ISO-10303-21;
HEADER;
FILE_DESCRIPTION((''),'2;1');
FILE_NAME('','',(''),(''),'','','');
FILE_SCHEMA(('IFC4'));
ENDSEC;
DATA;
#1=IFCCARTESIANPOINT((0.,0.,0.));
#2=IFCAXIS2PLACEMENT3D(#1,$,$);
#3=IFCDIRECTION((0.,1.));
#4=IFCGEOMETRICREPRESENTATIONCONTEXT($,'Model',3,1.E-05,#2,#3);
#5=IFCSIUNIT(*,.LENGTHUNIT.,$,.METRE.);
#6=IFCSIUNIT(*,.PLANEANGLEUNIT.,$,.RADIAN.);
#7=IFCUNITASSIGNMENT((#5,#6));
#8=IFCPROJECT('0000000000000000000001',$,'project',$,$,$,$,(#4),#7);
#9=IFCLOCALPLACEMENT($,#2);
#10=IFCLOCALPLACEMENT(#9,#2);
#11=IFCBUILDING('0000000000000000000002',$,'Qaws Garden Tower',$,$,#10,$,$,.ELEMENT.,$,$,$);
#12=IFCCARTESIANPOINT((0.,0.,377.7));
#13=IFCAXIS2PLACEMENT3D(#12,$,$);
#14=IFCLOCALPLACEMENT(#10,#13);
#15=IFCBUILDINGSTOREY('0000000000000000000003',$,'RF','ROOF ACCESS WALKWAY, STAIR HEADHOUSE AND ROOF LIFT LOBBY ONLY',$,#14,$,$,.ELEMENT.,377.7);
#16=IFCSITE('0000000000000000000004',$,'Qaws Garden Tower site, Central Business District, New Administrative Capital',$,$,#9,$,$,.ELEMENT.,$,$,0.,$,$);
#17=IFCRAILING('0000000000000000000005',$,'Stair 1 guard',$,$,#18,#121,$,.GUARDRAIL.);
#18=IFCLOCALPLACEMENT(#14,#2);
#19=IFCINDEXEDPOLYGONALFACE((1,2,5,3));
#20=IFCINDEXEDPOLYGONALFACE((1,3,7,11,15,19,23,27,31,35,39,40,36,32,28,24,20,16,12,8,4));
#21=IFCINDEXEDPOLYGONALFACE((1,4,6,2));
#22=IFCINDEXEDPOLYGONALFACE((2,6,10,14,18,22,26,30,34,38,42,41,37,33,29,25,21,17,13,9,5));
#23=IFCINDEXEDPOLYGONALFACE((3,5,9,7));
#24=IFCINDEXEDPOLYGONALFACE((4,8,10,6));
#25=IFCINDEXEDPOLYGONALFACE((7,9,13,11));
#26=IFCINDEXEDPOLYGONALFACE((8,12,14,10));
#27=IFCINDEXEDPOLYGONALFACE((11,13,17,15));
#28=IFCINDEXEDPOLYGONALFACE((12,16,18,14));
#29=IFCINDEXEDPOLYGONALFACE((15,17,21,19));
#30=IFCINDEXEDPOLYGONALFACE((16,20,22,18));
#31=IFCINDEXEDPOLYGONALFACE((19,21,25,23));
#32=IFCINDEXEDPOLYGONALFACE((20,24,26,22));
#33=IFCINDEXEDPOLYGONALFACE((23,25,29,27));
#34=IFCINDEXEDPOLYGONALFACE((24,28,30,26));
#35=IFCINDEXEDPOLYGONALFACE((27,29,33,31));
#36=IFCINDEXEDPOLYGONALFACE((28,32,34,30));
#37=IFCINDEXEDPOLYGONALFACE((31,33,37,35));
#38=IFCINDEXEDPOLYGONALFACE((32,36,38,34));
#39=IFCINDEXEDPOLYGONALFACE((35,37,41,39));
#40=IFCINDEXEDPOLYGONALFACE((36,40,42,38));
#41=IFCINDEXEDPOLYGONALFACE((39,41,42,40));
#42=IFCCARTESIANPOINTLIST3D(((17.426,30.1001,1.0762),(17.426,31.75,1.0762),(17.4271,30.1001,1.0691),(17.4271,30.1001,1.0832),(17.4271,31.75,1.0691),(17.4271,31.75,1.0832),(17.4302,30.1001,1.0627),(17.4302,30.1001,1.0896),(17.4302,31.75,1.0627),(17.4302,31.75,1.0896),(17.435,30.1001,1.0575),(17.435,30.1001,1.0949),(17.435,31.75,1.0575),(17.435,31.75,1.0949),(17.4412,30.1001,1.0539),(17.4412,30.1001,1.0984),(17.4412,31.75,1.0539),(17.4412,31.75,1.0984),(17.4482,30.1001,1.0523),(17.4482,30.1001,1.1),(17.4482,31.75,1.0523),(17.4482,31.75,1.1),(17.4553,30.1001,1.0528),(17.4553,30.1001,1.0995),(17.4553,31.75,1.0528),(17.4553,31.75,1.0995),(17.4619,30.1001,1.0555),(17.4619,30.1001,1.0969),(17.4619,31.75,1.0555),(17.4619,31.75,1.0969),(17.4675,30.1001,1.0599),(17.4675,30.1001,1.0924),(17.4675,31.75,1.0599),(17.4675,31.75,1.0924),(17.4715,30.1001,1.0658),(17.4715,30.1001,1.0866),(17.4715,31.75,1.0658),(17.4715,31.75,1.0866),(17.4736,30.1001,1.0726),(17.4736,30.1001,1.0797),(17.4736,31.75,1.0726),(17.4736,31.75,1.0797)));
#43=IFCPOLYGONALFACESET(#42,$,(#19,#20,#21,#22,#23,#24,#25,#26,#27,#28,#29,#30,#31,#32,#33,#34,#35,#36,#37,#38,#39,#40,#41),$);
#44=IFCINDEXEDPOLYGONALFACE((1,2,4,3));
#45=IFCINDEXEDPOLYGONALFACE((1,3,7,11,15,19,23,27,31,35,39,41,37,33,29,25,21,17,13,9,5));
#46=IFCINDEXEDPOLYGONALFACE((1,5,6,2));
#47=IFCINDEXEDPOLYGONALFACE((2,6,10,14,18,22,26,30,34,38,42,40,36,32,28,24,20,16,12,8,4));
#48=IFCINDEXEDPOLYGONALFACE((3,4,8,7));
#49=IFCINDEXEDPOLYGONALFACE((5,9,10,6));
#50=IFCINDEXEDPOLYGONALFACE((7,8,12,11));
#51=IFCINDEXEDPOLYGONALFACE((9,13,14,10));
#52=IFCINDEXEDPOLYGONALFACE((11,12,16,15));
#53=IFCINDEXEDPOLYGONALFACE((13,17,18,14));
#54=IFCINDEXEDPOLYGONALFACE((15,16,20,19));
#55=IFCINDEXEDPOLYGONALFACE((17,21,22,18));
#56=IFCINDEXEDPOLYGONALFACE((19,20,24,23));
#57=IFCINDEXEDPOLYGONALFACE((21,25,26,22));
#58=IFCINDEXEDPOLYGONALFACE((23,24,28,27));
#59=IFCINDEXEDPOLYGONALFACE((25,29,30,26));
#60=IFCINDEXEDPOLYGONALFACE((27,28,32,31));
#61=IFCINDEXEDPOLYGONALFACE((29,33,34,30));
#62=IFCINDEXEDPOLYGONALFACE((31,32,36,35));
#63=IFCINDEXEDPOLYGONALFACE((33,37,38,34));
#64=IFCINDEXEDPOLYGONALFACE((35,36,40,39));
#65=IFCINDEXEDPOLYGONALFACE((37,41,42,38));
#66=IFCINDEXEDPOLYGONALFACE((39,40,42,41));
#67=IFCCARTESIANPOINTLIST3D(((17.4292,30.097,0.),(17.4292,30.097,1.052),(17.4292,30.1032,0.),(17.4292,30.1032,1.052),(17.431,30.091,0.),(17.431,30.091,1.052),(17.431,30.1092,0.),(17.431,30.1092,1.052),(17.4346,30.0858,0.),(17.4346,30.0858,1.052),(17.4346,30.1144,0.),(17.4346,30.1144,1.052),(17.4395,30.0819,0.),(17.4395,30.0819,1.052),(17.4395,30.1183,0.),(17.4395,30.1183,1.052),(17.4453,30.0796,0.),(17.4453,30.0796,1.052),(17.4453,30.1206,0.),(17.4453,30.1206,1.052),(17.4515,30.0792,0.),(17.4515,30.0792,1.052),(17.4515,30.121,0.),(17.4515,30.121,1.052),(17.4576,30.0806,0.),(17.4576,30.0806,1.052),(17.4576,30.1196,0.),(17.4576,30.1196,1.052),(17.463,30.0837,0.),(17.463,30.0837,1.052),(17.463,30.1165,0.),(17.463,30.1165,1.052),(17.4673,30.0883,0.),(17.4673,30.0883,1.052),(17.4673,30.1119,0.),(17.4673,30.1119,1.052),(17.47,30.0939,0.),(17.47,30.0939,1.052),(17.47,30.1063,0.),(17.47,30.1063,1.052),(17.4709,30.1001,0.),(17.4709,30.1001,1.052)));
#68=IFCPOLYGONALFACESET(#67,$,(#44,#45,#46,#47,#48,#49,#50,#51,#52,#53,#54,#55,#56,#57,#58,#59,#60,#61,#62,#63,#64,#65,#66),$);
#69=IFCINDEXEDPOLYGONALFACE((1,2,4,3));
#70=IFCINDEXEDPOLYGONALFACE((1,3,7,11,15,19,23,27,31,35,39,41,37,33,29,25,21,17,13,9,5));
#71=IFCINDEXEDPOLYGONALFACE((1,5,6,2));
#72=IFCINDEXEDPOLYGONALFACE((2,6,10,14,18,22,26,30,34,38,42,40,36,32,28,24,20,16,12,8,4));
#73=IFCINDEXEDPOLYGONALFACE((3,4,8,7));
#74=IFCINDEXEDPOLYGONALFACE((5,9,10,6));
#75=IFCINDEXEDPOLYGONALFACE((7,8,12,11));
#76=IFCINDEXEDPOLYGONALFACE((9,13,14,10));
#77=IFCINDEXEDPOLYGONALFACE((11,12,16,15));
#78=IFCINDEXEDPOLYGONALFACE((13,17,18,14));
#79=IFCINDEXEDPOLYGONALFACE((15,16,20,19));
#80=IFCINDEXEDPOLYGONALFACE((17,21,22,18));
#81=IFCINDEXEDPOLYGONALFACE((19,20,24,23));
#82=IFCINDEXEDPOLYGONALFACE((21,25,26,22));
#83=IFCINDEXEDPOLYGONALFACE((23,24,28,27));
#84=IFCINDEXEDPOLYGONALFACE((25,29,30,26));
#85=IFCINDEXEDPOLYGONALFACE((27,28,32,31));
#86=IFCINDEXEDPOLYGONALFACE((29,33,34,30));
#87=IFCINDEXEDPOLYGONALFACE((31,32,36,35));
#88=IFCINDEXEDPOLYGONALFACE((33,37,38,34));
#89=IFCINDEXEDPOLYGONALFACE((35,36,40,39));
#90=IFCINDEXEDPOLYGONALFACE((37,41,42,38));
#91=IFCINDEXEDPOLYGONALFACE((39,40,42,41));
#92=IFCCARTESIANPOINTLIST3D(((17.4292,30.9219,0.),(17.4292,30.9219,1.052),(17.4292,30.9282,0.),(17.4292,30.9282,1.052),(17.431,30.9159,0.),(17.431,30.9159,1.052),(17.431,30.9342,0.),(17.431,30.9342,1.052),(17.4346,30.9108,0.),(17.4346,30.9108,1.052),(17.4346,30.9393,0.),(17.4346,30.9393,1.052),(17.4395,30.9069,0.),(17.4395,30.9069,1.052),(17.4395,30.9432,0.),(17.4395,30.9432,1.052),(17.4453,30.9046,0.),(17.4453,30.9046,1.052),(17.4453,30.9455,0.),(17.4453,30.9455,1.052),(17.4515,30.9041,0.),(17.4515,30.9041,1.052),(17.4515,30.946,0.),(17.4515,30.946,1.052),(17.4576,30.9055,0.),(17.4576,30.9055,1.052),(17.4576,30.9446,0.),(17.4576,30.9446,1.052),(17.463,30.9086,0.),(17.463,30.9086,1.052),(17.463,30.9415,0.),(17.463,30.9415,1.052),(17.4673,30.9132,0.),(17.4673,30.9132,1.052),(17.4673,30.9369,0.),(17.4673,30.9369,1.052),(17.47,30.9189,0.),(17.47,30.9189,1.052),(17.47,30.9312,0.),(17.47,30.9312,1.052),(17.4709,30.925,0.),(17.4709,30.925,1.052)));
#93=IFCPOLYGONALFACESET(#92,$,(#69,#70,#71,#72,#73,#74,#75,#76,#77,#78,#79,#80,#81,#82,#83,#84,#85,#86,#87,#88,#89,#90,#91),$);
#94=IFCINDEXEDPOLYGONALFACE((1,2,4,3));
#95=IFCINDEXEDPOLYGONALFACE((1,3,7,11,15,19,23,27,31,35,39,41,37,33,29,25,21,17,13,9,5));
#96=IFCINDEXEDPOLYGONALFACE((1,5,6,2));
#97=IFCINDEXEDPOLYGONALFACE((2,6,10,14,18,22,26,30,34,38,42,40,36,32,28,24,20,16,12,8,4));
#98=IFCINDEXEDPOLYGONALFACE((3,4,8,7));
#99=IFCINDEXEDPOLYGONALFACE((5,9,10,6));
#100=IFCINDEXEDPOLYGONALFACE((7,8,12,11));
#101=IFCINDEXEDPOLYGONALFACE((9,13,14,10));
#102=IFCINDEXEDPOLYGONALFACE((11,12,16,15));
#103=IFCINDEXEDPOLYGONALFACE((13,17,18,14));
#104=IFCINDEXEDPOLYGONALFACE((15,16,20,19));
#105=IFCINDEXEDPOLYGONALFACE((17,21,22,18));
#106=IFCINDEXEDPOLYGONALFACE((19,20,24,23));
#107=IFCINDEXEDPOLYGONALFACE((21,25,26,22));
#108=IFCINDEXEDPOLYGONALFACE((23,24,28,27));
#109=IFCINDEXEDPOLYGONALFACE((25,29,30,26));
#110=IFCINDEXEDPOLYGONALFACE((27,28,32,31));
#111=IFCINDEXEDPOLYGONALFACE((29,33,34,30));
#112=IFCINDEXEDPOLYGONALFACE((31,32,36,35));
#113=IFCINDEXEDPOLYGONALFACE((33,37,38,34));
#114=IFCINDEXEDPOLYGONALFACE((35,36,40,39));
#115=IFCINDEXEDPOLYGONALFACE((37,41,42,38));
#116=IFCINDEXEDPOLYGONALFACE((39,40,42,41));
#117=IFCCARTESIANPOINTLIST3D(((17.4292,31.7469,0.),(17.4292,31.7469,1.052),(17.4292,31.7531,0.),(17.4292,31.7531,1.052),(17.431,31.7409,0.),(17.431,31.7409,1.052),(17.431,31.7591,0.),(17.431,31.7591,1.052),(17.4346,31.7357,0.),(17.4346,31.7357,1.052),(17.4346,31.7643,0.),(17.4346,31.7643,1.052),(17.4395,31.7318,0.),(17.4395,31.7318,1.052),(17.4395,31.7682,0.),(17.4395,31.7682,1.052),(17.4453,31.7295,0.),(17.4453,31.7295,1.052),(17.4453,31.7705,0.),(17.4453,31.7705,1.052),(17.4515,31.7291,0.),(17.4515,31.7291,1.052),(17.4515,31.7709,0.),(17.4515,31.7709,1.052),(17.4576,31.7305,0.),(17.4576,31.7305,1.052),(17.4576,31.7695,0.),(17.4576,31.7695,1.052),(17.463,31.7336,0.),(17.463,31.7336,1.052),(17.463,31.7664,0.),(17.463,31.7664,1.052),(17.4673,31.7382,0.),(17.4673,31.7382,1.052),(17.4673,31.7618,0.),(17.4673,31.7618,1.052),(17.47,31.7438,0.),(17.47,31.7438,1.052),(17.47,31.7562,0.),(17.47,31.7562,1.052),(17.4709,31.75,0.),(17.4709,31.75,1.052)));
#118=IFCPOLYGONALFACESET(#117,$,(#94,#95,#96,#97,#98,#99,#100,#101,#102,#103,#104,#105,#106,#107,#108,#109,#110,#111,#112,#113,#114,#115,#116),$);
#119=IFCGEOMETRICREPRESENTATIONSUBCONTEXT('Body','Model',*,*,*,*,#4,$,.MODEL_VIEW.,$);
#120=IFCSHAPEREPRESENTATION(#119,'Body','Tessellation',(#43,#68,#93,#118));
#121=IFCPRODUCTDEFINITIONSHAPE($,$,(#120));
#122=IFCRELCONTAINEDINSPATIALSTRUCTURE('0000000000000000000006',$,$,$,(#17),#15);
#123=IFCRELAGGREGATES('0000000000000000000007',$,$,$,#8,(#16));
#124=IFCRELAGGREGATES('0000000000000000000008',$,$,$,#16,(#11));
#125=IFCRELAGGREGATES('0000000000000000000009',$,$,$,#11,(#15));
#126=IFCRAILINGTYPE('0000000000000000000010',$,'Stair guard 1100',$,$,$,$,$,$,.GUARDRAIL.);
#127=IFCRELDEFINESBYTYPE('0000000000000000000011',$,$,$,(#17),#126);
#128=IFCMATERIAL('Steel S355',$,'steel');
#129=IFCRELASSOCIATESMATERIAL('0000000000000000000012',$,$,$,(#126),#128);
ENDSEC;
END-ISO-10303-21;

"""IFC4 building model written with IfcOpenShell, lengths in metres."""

from ifc_helpers import new_model, si_unit, direction, frame, origin, origin_2d, place, context, subcontext, project, spatial, circle, extrude, material, type_object, element, save


model = new_model("IFC4")

# Units and contexts
model_context = context("Model", 3, precision=1e-05, world=origin(), true_north=direction((0.0, 1.0)))
body_context = subcontext(model_context, "Body", "Model", "MODEL_VIEW")
ifc_project = project(units=[si_unit("LENGTHUNIT", "METRE"), si_unit("PLANEANGLEUNIT", "RADIAN")], contexts=[model_context])

# Site, building, storey
site_placement = place(None, origin())
site = spatial("IfcSite", under=ifc_project, at=site_placement, Name="Qaws Garden Tower site, Central Business District, New Administrative Capital", CompositionType="ELEMENT", RefElevation=0.0)
building_placement = place(site_placement, origin())
building = spatial("IfcBuilding", under=site, at=building_placement, Name="Qaws Garden Tower", CompositionType="ELEMENT")
storey_placement = place(building_placement, frame((0.0, 0.0, 377.7)))
storey = spatial("IfcBuildingStorey", under=building, at=storey_placement, Name="RF", Description="ROOF ACCESS WALKWAY, STAIR HEADHOUSE AND ROOF LIFT LOBBY ONLY", CompositionType="ELEMENT", Elevation=377.7)

# Railing
ifc_material_1 = material(Name="Steel S355", Category="steel")
railing_type = type_object("IfcRailingType", Name="Stair guard 1100", PredefinedType="GUARDRAIL", material=ifc_material_1)
railing_placement = place(storey_placement, frame((17.45, 30.1001, 0.0)))
element("IfcRailing", 1, at=railing_placement, inside=storey, type_object=railing_type, Name="Stair 1 guard", PredefinedType="GUARDRAIL", context=body_context, shape_type="SweptSolid", body=[
    extrude(circle(Radius=0.0239, at=origin_2d()), frame((0.0, 0.0, 1.0762), z_axis=(0.0, 1.0, 0.0), x_axis=(-1.0, 0.0, 0.0)), (0.0, 0.0, 1.0), 1.6499),
    extrude(circle(Radius=0.021, at=origin_2d()), origin(), (0.0, 0.0, 1.0), 1.052),
    extrude(circle(Radius=0.021, at=origin_2d()), frame((0.0, 0.825, 0.0)), (0.0, 0.0, 1.0), 1.052),
    extrude(circle(Radius=0.021, at=origin_2d()), frame((0.0, 1.6499, 0.0)), (0.0, 0.0, 1.0), 1.052),
])

save(model, "model.ifc")
